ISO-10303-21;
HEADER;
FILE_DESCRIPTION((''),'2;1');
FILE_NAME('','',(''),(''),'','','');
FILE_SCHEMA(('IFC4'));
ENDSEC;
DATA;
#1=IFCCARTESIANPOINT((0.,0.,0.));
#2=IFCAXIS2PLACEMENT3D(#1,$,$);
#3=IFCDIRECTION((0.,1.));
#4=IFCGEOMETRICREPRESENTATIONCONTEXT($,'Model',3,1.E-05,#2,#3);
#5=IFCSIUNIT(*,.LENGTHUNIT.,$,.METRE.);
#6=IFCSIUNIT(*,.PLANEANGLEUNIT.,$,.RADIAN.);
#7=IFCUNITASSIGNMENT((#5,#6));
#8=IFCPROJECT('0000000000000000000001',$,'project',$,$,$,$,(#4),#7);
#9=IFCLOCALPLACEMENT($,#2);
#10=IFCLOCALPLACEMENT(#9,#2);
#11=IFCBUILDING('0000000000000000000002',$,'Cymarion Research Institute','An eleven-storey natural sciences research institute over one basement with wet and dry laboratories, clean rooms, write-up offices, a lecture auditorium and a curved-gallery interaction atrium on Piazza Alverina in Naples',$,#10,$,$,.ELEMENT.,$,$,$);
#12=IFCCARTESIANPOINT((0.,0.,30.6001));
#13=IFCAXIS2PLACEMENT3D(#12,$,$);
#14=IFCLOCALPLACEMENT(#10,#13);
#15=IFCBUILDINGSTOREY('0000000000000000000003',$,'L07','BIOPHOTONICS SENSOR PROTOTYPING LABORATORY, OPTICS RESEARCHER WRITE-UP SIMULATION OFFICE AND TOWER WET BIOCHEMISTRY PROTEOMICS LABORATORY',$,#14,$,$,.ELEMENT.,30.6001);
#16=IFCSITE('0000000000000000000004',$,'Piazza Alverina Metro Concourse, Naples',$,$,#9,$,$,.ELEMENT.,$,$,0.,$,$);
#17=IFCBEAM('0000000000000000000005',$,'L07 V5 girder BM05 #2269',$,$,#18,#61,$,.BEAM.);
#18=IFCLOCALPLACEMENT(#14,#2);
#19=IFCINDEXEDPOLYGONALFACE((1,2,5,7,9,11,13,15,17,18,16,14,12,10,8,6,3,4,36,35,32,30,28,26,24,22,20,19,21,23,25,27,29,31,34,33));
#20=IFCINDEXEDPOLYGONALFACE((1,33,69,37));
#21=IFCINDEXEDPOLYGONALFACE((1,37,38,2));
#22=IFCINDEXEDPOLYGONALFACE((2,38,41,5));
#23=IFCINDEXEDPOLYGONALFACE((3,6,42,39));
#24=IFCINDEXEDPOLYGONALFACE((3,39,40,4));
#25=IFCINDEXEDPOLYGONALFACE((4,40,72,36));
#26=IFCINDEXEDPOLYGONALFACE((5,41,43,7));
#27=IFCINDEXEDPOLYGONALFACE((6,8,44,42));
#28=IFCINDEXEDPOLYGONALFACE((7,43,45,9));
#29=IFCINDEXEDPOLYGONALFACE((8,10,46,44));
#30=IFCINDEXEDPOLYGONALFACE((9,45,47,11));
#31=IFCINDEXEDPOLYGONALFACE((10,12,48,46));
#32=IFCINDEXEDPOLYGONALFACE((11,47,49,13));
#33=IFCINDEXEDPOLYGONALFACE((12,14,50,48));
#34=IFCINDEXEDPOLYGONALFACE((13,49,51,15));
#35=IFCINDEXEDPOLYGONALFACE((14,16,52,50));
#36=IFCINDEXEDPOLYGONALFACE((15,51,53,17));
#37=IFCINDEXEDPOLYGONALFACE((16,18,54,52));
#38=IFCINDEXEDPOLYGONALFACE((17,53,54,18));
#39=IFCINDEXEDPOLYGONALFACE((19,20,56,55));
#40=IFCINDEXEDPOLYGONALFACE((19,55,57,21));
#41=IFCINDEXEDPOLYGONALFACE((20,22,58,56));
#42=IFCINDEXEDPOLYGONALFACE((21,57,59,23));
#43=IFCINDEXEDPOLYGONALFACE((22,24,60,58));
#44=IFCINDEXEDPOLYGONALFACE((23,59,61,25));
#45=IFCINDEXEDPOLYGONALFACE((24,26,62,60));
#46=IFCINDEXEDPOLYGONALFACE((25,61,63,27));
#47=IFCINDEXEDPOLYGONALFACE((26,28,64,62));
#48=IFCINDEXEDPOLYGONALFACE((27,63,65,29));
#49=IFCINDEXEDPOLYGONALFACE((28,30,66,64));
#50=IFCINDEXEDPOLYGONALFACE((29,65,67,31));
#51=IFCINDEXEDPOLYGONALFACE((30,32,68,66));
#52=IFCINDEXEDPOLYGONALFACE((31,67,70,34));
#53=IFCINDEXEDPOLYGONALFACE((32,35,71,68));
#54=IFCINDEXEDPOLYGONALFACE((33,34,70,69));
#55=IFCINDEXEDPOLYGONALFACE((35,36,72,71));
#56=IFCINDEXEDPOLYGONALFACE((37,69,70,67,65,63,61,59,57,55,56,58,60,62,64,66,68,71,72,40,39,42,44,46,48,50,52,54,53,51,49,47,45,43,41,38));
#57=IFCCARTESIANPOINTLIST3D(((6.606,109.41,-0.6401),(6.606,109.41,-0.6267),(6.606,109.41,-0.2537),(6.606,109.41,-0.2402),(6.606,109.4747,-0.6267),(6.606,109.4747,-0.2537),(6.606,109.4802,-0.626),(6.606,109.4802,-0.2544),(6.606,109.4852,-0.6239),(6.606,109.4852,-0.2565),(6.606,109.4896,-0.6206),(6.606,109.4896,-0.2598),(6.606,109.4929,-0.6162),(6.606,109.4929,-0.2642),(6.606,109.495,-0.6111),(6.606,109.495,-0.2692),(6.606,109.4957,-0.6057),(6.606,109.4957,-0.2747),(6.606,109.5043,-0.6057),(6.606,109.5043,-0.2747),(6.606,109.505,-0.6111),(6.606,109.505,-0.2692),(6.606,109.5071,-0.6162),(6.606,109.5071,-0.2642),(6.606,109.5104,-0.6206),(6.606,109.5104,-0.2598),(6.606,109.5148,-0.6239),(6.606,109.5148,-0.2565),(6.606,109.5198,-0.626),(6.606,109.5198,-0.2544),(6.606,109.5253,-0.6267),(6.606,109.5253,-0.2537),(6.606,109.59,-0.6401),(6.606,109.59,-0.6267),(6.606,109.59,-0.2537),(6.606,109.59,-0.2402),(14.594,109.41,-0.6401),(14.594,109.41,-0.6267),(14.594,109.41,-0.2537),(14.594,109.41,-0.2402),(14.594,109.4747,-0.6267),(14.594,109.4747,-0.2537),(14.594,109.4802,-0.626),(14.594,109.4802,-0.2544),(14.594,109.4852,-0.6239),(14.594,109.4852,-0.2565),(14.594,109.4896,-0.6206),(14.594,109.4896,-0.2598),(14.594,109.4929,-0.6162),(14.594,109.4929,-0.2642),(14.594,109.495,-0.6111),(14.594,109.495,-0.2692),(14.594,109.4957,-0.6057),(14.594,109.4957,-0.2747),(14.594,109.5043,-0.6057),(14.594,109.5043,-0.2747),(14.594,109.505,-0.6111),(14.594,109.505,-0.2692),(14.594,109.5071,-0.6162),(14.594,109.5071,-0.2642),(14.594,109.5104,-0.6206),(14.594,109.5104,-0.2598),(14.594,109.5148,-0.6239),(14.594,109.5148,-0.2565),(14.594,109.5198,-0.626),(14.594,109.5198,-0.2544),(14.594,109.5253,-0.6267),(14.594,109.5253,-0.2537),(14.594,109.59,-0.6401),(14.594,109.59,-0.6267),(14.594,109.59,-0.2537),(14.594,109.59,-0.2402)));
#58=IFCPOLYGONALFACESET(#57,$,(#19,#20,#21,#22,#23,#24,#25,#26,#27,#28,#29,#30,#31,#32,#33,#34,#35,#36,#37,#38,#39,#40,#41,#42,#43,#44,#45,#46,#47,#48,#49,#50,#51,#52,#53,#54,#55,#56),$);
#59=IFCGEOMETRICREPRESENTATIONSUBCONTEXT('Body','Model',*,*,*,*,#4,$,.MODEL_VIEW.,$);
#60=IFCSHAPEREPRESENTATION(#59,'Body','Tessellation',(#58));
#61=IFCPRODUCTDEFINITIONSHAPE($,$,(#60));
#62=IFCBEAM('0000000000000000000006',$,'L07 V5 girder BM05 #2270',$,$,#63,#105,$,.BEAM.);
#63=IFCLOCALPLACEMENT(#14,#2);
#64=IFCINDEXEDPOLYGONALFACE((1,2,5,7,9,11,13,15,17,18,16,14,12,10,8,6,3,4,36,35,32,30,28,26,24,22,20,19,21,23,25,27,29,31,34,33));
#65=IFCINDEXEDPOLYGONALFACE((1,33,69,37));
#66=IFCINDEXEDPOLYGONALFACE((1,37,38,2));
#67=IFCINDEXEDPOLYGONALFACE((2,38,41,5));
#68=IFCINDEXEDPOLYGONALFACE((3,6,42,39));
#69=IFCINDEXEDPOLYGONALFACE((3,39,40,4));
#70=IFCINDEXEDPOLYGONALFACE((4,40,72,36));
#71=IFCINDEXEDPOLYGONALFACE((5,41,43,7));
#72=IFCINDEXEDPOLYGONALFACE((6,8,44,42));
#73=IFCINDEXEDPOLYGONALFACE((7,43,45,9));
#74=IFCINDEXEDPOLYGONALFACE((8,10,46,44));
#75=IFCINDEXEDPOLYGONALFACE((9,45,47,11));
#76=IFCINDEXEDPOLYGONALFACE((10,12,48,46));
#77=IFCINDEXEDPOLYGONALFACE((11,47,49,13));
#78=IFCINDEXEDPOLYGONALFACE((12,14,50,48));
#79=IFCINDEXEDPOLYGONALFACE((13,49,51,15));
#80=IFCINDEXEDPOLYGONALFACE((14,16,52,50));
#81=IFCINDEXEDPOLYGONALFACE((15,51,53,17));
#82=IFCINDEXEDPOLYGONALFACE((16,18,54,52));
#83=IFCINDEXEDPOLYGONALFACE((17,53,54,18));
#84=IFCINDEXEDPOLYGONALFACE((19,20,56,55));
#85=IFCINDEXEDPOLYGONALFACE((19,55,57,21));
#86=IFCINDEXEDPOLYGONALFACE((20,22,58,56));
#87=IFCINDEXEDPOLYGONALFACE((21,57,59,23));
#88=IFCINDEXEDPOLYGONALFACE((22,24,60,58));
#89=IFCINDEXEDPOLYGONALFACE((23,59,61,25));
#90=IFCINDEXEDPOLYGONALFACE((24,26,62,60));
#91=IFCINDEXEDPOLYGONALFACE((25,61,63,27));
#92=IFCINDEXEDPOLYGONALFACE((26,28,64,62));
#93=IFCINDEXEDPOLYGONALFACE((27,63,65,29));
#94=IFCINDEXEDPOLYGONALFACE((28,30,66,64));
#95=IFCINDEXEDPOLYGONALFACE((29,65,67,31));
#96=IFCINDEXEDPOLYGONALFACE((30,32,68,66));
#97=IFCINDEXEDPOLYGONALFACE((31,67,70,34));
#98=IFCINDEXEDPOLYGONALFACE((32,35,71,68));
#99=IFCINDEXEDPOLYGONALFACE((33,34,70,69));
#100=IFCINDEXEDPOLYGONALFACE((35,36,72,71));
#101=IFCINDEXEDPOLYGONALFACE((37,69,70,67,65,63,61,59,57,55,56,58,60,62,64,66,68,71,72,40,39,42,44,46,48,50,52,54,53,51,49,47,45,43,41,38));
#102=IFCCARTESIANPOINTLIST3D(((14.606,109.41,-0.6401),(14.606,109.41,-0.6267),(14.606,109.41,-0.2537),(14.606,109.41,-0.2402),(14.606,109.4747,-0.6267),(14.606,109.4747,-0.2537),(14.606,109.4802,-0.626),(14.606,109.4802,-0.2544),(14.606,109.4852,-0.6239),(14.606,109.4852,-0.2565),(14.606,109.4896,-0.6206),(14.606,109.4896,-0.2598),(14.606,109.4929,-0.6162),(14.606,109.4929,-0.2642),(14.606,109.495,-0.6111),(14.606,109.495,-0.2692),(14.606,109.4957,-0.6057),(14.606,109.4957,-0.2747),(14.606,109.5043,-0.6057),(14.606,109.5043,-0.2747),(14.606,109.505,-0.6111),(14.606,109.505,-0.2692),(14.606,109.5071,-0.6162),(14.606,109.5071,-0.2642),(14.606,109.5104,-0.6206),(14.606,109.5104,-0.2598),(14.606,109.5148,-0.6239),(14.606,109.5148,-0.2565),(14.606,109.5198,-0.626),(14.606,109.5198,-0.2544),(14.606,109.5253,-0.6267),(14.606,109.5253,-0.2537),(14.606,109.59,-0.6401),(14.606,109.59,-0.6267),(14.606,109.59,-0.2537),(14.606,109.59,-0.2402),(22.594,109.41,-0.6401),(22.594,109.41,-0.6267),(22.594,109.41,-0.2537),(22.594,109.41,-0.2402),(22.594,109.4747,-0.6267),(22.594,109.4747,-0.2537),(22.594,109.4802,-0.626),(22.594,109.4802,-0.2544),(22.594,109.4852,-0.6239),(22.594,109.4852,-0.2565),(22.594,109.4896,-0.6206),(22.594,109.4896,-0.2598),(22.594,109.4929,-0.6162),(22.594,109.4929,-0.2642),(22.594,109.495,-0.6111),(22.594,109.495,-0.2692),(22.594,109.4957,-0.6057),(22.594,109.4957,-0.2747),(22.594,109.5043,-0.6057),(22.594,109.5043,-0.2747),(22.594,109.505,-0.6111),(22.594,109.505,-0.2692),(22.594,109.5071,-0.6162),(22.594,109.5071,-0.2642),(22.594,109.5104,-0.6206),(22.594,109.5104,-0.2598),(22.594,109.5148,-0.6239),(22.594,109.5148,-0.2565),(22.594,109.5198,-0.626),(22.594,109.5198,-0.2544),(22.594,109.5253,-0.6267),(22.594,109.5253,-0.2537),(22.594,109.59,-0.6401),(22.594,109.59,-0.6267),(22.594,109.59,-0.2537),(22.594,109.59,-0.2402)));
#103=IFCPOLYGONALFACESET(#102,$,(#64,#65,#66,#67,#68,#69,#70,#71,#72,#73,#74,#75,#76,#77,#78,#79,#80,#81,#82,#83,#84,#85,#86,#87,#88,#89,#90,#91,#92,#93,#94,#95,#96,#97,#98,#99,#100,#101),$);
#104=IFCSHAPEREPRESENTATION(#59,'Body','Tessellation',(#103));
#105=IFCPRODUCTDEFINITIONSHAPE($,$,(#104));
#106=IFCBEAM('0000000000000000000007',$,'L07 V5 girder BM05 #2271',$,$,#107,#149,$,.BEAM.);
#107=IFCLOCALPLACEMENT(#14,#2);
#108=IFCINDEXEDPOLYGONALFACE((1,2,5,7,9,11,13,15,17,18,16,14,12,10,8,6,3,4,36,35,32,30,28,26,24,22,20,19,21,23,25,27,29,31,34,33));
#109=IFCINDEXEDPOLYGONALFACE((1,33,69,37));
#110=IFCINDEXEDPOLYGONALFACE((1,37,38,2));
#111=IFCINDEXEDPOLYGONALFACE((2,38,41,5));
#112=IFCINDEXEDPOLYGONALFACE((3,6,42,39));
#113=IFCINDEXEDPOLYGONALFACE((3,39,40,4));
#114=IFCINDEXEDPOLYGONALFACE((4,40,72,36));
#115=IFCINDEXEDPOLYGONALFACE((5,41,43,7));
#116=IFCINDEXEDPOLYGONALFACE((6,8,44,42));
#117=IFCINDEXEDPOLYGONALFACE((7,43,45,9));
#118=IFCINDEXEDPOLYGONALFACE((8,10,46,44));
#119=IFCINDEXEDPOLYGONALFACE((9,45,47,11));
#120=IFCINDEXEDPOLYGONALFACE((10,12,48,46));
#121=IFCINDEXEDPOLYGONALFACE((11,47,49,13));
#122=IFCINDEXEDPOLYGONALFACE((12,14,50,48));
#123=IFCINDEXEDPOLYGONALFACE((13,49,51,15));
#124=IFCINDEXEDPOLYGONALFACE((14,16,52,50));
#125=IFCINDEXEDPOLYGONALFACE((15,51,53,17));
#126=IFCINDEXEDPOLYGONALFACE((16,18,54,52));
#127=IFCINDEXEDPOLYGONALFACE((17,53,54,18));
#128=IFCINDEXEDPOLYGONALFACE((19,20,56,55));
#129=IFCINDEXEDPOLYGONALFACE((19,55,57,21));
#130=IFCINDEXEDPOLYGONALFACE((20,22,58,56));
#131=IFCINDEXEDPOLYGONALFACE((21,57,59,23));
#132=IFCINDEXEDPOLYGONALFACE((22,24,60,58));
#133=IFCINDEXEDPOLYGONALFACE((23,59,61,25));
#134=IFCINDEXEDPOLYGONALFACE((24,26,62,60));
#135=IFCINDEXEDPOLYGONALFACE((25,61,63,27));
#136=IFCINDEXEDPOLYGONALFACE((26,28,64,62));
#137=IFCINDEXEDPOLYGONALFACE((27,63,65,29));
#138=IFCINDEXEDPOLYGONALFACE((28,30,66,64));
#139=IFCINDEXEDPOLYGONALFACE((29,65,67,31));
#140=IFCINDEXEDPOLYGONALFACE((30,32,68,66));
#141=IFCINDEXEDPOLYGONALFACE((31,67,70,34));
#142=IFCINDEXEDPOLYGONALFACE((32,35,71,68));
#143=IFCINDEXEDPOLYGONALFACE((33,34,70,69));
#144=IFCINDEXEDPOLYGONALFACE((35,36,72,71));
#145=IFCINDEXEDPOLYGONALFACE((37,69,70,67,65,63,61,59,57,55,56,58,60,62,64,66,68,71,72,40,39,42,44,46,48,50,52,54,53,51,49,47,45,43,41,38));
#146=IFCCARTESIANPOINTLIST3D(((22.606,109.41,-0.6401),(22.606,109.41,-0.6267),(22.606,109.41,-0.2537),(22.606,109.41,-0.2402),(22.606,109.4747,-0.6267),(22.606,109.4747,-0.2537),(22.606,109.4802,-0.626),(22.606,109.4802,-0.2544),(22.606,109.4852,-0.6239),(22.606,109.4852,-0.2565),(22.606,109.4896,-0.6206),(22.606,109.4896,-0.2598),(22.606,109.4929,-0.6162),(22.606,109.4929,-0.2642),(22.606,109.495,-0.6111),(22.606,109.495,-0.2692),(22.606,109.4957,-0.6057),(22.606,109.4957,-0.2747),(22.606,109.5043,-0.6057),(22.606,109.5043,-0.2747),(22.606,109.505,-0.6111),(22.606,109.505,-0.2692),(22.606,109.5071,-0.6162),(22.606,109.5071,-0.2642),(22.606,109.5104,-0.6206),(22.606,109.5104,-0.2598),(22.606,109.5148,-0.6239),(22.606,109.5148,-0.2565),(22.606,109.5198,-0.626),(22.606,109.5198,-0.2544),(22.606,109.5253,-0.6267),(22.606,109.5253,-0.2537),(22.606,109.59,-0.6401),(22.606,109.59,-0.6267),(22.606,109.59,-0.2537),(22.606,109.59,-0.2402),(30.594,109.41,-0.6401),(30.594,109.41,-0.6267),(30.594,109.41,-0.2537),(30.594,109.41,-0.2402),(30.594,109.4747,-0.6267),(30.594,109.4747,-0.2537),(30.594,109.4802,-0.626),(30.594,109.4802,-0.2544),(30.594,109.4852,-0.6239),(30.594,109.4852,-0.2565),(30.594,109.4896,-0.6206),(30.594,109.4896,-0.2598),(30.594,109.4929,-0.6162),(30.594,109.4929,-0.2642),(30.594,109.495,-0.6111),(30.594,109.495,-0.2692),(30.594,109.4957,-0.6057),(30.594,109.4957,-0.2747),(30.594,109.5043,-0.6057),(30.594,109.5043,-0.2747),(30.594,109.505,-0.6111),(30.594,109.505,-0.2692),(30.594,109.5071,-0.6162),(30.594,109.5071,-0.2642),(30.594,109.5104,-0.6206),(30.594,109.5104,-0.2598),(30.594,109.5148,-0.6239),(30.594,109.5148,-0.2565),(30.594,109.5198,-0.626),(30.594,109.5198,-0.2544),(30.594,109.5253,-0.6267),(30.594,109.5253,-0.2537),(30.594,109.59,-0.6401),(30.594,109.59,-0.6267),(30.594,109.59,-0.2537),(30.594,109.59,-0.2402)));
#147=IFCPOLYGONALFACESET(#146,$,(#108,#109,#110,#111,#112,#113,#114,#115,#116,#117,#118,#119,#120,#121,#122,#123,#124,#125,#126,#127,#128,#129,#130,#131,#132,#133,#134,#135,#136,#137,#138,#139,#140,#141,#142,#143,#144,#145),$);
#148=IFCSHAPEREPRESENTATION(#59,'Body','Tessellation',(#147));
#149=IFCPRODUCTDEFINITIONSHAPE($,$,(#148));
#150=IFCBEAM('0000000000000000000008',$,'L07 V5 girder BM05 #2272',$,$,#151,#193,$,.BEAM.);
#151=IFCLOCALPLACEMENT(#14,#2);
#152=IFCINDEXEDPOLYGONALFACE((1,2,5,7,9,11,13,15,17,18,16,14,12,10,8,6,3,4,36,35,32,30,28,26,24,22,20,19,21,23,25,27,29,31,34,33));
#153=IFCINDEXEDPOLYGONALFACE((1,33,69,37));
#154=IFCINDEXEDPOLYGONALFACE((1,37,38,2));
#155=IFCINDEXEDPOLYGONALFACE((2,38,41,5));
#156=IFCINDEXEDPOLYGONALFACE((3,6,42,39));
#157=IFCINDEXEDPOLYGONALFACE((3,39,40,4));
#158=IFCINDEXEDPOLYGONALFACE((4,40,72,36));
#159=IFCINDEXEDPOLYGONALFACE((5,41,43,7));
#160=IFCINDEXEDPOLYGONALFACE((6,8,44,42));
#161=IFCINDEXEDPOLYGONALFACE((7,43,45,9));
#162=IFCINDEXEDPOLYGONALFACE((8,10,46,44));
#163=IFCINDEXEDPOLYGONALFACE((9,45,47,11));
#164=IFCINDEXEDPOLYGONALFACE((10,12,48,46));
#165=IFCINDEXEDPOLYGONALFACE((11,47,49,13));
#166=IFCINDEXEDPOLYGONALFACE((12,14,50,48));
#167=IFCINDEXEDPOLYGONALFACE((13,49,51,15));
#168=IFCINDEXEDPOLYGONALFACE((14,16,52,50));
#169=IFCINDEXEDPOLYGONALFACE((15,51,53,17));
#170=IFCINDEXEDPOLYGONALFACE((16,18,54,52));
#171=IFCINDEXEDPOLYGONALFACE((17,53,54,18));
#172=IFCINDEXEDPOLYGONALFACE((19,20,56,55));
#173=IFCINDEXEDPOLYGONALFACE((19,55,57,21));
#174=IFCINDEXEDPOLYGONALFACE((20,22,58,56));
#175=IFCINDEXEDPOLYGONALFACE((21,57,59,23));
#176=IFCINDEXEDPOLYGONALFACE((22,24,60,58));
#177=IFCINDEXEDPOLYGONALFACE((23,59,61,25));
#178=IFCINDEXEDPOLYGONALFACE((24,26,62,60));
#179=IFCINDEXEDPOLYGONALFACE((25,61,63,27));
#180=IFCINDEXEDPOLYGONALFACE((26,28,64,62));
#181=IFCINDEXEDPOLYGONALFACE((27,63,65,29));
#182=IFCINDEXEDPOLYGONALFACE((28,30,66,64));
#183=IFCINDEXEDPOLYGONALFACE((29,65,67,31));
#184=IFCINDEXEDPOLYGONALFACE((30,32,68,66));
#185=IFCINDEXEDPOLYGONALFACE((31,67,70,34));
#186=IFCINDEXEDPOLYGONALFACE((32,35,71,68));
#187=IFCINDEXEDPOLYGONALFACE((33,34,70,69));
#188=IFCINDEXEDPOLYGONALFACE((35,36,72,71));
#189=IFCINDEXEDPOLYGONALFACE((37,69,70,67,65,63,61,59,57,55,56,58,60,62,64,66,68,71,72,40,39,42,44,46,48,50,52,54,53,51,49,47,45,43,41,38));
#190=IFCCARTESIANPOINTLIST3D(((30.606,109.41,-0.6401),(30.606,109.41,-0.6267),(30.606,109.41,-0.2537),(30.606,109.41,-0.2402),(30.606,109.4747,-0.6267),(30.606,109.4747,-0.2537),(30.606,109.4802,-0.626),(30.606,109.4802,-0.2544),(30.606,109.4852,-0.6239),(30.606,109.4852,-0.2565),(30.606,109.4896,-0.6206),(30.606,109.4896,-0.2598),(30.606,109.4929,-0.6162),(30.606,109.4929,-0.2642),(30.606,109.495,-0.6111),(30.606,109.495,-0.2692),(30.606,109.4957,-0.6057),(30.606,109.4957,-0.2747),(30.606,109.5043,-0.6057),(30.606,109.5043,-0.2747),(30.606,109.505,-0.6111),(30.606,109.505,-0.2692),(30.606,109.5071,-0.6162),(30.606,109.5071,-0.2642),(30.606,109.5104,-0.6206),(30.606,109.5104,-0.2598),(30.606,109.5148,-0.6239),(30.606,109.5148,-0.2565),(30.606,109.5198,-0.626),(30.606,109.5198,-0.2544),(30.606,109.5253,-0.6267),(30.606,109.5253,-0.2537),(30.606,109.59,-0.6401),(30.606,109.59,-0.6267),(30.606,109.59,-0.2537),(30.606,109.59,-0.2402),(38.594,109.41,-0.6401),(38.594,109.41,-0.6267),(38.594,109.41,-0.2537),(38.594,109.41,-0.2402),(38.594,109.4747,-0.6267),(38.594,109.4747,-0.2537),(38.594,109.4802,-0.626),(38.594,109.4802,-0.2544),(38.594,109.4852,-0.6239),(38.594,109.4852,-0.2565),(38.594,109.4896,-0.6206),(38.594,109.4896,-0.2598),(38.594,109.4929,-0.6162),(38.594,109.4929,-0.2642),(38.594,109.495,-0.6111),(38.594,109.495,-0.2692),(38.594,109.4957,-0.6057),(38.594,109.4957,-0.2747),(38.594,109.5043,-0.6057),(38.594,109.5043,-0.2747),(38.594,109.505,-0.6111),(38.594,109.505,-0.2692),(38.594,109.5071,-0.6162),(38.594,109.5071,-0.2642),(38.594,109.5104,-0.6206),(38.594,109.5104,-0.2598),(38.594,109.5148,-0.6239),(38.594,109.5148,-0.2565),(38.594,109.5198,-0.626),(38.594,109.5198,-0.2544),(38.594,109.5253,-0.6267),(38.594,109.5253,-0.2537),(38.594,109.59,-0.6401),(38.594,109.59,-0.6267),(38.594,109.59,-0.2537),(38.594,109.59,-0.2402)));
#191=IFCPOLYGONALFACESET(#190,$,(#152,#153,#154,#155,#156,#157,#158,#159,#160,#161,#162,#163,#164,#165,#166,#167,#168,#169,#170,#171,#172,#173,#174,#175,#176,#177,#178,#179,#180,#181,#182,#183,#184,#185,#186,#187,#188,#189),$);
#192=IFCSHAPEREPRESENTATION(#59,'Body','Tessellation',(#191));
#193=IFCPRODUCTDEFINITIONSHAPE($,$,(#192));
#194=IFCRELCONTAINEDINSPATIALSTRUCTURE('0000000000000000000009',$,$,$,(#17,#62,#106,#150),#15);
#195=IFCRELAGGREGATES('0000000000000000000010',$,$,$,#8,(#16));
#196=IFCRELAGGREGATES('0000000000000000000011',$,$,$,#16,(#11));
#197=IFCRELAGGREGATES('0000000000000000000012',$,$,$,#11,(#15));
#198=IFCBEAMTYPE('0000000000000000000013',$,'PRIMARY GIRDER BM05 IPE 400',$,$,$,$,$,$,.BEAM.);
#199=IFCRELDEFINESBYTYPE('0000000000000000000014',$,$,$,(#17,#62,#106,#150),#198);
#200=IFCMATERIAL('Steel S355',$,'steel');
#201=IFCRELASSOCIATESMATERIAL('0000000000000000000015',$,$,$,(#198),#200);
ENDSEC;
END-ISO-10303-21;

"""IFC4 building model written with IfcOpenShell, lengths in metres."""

from ifc_helpers import new_model, si_unit, direction, frame, origin, origin_2d, place, context, subcontext, project, spatial, i_section, extrude, material, material_profile, profile_set, type_object, element, save


model = new_model("IFC4")

# Units and contexts
model_context = context("Model", 3, precision=1e-05, world=origin(), true_north=direction((0.0, 1.0)))
body_context = subcontext(model_context, "Body", "Model", "MODEL_VIEW")
ifc_project = project(units=[si_unit("LENGTHUNIT", "METRE"), si_unit("PLANEANGLEUNIT", "RADIAN")], contexts=[model_context])

# Site, building, storey
site_placement = place(None, origin())
site = spatial("IfcSite", under=ifc_project, at=site_placement, Name="Piazza Alverina Metro Concourse, Naples", CompositionType="ELEMENT", RefElevation=0.0)
building_placement = place(site_placement, origin())
building = spatial("IfcBuilding", under=site, at=building_placement, Name="Cymarion Research Institute", Description="An eleven-storey natural sciences research institute over one basement with wet and dry laboratories, clean rooms, write-up offices, a lecture auditorium and a curved-gallery interaction atrium on Piazza Alverina in Naples", CompositionType="ELEMENT")
storey_placement = place(building_placement, frame((0.0, 0.0, 30.6001)))
storey = spatial("IfcBuildingStorey", under=building, at=storey_placement, Name="L07", Description="BIOPHOTONICS SENSOR PROTOTYPING LABORATORY, OPTICS RESEARCHER WRITE-UP SIMULATION OFFICE AND TOWER WET BIOCHEMISTRY PROTEOMICS LABORATORY", CompositionType="ELEMENT", Elevation=30.6001)

# Beams
ifc_material_1 = material(Name="Steel S355", Category="steel")
ifc_material_profile_1 = material_profile(ifc_material_1, i_section(OverallWidth=0.1799, OverallDepth=0.3999, WebThickness=0.0085, FlangeThickness=0.0134, FilletRadius=0.021, at=origin_2d()), Name="IPE 400")
ifc_profile_set_1 = profile_set([ifc_material_profile_1], Name="Steel S355")
beam_type_1 = type_object("IfcBeamType", Name="PRIMARY GIRDER BM05 IPE 400", PredefinedType="BEAM", material=ifc_profile_set_1)
for number, where, z_axis, x_axis, name in (
    (1, (6.606, 109.5, -0.4402), (1.0, 0.0, 0.0), (0.0, 1.0, 0.0), "L07 V5 girder BM05 #2269"),
    (2, (14.606, 109.5, -0.4402), (1.0, 0.0, 0.0), (0.0, 1.0, 0.0), "L07 V5 girder BM05 #2270"),
    (3, (22.606, 109.5, -0.4402), (1.0, 0.0, 0.0), (0.0, 1.0, 0.0), "L07 V5 girder BM05 #2271"),
    (4, (30.606, 109.5, -0.4402), (1.0, 0.0, 0.0), (0.0, 1.0, 0.0), "L07 V5 girder BM05 #2272"),
):
    element("IfcBeam", number, at=place(storey_placement, frame(where, z_axis=z_axis, x_axis=x_axis)), inside=storey, type_object=beam_type_1, Name=name, PredefinedType="BEAM", context=body_context, shape_type="SweptSolid", body=[
        extrude(i_section(OverallWidth=0.1799, OverallDepth=0.3999, WebThickness=0.0085, FlangeThickness=0.0134, FilletRadius=0.021, at=origin_2d()), origin(), (0.0, 0.0, 1.0), 7.988),
    ])

save(model, "model.ifc")
